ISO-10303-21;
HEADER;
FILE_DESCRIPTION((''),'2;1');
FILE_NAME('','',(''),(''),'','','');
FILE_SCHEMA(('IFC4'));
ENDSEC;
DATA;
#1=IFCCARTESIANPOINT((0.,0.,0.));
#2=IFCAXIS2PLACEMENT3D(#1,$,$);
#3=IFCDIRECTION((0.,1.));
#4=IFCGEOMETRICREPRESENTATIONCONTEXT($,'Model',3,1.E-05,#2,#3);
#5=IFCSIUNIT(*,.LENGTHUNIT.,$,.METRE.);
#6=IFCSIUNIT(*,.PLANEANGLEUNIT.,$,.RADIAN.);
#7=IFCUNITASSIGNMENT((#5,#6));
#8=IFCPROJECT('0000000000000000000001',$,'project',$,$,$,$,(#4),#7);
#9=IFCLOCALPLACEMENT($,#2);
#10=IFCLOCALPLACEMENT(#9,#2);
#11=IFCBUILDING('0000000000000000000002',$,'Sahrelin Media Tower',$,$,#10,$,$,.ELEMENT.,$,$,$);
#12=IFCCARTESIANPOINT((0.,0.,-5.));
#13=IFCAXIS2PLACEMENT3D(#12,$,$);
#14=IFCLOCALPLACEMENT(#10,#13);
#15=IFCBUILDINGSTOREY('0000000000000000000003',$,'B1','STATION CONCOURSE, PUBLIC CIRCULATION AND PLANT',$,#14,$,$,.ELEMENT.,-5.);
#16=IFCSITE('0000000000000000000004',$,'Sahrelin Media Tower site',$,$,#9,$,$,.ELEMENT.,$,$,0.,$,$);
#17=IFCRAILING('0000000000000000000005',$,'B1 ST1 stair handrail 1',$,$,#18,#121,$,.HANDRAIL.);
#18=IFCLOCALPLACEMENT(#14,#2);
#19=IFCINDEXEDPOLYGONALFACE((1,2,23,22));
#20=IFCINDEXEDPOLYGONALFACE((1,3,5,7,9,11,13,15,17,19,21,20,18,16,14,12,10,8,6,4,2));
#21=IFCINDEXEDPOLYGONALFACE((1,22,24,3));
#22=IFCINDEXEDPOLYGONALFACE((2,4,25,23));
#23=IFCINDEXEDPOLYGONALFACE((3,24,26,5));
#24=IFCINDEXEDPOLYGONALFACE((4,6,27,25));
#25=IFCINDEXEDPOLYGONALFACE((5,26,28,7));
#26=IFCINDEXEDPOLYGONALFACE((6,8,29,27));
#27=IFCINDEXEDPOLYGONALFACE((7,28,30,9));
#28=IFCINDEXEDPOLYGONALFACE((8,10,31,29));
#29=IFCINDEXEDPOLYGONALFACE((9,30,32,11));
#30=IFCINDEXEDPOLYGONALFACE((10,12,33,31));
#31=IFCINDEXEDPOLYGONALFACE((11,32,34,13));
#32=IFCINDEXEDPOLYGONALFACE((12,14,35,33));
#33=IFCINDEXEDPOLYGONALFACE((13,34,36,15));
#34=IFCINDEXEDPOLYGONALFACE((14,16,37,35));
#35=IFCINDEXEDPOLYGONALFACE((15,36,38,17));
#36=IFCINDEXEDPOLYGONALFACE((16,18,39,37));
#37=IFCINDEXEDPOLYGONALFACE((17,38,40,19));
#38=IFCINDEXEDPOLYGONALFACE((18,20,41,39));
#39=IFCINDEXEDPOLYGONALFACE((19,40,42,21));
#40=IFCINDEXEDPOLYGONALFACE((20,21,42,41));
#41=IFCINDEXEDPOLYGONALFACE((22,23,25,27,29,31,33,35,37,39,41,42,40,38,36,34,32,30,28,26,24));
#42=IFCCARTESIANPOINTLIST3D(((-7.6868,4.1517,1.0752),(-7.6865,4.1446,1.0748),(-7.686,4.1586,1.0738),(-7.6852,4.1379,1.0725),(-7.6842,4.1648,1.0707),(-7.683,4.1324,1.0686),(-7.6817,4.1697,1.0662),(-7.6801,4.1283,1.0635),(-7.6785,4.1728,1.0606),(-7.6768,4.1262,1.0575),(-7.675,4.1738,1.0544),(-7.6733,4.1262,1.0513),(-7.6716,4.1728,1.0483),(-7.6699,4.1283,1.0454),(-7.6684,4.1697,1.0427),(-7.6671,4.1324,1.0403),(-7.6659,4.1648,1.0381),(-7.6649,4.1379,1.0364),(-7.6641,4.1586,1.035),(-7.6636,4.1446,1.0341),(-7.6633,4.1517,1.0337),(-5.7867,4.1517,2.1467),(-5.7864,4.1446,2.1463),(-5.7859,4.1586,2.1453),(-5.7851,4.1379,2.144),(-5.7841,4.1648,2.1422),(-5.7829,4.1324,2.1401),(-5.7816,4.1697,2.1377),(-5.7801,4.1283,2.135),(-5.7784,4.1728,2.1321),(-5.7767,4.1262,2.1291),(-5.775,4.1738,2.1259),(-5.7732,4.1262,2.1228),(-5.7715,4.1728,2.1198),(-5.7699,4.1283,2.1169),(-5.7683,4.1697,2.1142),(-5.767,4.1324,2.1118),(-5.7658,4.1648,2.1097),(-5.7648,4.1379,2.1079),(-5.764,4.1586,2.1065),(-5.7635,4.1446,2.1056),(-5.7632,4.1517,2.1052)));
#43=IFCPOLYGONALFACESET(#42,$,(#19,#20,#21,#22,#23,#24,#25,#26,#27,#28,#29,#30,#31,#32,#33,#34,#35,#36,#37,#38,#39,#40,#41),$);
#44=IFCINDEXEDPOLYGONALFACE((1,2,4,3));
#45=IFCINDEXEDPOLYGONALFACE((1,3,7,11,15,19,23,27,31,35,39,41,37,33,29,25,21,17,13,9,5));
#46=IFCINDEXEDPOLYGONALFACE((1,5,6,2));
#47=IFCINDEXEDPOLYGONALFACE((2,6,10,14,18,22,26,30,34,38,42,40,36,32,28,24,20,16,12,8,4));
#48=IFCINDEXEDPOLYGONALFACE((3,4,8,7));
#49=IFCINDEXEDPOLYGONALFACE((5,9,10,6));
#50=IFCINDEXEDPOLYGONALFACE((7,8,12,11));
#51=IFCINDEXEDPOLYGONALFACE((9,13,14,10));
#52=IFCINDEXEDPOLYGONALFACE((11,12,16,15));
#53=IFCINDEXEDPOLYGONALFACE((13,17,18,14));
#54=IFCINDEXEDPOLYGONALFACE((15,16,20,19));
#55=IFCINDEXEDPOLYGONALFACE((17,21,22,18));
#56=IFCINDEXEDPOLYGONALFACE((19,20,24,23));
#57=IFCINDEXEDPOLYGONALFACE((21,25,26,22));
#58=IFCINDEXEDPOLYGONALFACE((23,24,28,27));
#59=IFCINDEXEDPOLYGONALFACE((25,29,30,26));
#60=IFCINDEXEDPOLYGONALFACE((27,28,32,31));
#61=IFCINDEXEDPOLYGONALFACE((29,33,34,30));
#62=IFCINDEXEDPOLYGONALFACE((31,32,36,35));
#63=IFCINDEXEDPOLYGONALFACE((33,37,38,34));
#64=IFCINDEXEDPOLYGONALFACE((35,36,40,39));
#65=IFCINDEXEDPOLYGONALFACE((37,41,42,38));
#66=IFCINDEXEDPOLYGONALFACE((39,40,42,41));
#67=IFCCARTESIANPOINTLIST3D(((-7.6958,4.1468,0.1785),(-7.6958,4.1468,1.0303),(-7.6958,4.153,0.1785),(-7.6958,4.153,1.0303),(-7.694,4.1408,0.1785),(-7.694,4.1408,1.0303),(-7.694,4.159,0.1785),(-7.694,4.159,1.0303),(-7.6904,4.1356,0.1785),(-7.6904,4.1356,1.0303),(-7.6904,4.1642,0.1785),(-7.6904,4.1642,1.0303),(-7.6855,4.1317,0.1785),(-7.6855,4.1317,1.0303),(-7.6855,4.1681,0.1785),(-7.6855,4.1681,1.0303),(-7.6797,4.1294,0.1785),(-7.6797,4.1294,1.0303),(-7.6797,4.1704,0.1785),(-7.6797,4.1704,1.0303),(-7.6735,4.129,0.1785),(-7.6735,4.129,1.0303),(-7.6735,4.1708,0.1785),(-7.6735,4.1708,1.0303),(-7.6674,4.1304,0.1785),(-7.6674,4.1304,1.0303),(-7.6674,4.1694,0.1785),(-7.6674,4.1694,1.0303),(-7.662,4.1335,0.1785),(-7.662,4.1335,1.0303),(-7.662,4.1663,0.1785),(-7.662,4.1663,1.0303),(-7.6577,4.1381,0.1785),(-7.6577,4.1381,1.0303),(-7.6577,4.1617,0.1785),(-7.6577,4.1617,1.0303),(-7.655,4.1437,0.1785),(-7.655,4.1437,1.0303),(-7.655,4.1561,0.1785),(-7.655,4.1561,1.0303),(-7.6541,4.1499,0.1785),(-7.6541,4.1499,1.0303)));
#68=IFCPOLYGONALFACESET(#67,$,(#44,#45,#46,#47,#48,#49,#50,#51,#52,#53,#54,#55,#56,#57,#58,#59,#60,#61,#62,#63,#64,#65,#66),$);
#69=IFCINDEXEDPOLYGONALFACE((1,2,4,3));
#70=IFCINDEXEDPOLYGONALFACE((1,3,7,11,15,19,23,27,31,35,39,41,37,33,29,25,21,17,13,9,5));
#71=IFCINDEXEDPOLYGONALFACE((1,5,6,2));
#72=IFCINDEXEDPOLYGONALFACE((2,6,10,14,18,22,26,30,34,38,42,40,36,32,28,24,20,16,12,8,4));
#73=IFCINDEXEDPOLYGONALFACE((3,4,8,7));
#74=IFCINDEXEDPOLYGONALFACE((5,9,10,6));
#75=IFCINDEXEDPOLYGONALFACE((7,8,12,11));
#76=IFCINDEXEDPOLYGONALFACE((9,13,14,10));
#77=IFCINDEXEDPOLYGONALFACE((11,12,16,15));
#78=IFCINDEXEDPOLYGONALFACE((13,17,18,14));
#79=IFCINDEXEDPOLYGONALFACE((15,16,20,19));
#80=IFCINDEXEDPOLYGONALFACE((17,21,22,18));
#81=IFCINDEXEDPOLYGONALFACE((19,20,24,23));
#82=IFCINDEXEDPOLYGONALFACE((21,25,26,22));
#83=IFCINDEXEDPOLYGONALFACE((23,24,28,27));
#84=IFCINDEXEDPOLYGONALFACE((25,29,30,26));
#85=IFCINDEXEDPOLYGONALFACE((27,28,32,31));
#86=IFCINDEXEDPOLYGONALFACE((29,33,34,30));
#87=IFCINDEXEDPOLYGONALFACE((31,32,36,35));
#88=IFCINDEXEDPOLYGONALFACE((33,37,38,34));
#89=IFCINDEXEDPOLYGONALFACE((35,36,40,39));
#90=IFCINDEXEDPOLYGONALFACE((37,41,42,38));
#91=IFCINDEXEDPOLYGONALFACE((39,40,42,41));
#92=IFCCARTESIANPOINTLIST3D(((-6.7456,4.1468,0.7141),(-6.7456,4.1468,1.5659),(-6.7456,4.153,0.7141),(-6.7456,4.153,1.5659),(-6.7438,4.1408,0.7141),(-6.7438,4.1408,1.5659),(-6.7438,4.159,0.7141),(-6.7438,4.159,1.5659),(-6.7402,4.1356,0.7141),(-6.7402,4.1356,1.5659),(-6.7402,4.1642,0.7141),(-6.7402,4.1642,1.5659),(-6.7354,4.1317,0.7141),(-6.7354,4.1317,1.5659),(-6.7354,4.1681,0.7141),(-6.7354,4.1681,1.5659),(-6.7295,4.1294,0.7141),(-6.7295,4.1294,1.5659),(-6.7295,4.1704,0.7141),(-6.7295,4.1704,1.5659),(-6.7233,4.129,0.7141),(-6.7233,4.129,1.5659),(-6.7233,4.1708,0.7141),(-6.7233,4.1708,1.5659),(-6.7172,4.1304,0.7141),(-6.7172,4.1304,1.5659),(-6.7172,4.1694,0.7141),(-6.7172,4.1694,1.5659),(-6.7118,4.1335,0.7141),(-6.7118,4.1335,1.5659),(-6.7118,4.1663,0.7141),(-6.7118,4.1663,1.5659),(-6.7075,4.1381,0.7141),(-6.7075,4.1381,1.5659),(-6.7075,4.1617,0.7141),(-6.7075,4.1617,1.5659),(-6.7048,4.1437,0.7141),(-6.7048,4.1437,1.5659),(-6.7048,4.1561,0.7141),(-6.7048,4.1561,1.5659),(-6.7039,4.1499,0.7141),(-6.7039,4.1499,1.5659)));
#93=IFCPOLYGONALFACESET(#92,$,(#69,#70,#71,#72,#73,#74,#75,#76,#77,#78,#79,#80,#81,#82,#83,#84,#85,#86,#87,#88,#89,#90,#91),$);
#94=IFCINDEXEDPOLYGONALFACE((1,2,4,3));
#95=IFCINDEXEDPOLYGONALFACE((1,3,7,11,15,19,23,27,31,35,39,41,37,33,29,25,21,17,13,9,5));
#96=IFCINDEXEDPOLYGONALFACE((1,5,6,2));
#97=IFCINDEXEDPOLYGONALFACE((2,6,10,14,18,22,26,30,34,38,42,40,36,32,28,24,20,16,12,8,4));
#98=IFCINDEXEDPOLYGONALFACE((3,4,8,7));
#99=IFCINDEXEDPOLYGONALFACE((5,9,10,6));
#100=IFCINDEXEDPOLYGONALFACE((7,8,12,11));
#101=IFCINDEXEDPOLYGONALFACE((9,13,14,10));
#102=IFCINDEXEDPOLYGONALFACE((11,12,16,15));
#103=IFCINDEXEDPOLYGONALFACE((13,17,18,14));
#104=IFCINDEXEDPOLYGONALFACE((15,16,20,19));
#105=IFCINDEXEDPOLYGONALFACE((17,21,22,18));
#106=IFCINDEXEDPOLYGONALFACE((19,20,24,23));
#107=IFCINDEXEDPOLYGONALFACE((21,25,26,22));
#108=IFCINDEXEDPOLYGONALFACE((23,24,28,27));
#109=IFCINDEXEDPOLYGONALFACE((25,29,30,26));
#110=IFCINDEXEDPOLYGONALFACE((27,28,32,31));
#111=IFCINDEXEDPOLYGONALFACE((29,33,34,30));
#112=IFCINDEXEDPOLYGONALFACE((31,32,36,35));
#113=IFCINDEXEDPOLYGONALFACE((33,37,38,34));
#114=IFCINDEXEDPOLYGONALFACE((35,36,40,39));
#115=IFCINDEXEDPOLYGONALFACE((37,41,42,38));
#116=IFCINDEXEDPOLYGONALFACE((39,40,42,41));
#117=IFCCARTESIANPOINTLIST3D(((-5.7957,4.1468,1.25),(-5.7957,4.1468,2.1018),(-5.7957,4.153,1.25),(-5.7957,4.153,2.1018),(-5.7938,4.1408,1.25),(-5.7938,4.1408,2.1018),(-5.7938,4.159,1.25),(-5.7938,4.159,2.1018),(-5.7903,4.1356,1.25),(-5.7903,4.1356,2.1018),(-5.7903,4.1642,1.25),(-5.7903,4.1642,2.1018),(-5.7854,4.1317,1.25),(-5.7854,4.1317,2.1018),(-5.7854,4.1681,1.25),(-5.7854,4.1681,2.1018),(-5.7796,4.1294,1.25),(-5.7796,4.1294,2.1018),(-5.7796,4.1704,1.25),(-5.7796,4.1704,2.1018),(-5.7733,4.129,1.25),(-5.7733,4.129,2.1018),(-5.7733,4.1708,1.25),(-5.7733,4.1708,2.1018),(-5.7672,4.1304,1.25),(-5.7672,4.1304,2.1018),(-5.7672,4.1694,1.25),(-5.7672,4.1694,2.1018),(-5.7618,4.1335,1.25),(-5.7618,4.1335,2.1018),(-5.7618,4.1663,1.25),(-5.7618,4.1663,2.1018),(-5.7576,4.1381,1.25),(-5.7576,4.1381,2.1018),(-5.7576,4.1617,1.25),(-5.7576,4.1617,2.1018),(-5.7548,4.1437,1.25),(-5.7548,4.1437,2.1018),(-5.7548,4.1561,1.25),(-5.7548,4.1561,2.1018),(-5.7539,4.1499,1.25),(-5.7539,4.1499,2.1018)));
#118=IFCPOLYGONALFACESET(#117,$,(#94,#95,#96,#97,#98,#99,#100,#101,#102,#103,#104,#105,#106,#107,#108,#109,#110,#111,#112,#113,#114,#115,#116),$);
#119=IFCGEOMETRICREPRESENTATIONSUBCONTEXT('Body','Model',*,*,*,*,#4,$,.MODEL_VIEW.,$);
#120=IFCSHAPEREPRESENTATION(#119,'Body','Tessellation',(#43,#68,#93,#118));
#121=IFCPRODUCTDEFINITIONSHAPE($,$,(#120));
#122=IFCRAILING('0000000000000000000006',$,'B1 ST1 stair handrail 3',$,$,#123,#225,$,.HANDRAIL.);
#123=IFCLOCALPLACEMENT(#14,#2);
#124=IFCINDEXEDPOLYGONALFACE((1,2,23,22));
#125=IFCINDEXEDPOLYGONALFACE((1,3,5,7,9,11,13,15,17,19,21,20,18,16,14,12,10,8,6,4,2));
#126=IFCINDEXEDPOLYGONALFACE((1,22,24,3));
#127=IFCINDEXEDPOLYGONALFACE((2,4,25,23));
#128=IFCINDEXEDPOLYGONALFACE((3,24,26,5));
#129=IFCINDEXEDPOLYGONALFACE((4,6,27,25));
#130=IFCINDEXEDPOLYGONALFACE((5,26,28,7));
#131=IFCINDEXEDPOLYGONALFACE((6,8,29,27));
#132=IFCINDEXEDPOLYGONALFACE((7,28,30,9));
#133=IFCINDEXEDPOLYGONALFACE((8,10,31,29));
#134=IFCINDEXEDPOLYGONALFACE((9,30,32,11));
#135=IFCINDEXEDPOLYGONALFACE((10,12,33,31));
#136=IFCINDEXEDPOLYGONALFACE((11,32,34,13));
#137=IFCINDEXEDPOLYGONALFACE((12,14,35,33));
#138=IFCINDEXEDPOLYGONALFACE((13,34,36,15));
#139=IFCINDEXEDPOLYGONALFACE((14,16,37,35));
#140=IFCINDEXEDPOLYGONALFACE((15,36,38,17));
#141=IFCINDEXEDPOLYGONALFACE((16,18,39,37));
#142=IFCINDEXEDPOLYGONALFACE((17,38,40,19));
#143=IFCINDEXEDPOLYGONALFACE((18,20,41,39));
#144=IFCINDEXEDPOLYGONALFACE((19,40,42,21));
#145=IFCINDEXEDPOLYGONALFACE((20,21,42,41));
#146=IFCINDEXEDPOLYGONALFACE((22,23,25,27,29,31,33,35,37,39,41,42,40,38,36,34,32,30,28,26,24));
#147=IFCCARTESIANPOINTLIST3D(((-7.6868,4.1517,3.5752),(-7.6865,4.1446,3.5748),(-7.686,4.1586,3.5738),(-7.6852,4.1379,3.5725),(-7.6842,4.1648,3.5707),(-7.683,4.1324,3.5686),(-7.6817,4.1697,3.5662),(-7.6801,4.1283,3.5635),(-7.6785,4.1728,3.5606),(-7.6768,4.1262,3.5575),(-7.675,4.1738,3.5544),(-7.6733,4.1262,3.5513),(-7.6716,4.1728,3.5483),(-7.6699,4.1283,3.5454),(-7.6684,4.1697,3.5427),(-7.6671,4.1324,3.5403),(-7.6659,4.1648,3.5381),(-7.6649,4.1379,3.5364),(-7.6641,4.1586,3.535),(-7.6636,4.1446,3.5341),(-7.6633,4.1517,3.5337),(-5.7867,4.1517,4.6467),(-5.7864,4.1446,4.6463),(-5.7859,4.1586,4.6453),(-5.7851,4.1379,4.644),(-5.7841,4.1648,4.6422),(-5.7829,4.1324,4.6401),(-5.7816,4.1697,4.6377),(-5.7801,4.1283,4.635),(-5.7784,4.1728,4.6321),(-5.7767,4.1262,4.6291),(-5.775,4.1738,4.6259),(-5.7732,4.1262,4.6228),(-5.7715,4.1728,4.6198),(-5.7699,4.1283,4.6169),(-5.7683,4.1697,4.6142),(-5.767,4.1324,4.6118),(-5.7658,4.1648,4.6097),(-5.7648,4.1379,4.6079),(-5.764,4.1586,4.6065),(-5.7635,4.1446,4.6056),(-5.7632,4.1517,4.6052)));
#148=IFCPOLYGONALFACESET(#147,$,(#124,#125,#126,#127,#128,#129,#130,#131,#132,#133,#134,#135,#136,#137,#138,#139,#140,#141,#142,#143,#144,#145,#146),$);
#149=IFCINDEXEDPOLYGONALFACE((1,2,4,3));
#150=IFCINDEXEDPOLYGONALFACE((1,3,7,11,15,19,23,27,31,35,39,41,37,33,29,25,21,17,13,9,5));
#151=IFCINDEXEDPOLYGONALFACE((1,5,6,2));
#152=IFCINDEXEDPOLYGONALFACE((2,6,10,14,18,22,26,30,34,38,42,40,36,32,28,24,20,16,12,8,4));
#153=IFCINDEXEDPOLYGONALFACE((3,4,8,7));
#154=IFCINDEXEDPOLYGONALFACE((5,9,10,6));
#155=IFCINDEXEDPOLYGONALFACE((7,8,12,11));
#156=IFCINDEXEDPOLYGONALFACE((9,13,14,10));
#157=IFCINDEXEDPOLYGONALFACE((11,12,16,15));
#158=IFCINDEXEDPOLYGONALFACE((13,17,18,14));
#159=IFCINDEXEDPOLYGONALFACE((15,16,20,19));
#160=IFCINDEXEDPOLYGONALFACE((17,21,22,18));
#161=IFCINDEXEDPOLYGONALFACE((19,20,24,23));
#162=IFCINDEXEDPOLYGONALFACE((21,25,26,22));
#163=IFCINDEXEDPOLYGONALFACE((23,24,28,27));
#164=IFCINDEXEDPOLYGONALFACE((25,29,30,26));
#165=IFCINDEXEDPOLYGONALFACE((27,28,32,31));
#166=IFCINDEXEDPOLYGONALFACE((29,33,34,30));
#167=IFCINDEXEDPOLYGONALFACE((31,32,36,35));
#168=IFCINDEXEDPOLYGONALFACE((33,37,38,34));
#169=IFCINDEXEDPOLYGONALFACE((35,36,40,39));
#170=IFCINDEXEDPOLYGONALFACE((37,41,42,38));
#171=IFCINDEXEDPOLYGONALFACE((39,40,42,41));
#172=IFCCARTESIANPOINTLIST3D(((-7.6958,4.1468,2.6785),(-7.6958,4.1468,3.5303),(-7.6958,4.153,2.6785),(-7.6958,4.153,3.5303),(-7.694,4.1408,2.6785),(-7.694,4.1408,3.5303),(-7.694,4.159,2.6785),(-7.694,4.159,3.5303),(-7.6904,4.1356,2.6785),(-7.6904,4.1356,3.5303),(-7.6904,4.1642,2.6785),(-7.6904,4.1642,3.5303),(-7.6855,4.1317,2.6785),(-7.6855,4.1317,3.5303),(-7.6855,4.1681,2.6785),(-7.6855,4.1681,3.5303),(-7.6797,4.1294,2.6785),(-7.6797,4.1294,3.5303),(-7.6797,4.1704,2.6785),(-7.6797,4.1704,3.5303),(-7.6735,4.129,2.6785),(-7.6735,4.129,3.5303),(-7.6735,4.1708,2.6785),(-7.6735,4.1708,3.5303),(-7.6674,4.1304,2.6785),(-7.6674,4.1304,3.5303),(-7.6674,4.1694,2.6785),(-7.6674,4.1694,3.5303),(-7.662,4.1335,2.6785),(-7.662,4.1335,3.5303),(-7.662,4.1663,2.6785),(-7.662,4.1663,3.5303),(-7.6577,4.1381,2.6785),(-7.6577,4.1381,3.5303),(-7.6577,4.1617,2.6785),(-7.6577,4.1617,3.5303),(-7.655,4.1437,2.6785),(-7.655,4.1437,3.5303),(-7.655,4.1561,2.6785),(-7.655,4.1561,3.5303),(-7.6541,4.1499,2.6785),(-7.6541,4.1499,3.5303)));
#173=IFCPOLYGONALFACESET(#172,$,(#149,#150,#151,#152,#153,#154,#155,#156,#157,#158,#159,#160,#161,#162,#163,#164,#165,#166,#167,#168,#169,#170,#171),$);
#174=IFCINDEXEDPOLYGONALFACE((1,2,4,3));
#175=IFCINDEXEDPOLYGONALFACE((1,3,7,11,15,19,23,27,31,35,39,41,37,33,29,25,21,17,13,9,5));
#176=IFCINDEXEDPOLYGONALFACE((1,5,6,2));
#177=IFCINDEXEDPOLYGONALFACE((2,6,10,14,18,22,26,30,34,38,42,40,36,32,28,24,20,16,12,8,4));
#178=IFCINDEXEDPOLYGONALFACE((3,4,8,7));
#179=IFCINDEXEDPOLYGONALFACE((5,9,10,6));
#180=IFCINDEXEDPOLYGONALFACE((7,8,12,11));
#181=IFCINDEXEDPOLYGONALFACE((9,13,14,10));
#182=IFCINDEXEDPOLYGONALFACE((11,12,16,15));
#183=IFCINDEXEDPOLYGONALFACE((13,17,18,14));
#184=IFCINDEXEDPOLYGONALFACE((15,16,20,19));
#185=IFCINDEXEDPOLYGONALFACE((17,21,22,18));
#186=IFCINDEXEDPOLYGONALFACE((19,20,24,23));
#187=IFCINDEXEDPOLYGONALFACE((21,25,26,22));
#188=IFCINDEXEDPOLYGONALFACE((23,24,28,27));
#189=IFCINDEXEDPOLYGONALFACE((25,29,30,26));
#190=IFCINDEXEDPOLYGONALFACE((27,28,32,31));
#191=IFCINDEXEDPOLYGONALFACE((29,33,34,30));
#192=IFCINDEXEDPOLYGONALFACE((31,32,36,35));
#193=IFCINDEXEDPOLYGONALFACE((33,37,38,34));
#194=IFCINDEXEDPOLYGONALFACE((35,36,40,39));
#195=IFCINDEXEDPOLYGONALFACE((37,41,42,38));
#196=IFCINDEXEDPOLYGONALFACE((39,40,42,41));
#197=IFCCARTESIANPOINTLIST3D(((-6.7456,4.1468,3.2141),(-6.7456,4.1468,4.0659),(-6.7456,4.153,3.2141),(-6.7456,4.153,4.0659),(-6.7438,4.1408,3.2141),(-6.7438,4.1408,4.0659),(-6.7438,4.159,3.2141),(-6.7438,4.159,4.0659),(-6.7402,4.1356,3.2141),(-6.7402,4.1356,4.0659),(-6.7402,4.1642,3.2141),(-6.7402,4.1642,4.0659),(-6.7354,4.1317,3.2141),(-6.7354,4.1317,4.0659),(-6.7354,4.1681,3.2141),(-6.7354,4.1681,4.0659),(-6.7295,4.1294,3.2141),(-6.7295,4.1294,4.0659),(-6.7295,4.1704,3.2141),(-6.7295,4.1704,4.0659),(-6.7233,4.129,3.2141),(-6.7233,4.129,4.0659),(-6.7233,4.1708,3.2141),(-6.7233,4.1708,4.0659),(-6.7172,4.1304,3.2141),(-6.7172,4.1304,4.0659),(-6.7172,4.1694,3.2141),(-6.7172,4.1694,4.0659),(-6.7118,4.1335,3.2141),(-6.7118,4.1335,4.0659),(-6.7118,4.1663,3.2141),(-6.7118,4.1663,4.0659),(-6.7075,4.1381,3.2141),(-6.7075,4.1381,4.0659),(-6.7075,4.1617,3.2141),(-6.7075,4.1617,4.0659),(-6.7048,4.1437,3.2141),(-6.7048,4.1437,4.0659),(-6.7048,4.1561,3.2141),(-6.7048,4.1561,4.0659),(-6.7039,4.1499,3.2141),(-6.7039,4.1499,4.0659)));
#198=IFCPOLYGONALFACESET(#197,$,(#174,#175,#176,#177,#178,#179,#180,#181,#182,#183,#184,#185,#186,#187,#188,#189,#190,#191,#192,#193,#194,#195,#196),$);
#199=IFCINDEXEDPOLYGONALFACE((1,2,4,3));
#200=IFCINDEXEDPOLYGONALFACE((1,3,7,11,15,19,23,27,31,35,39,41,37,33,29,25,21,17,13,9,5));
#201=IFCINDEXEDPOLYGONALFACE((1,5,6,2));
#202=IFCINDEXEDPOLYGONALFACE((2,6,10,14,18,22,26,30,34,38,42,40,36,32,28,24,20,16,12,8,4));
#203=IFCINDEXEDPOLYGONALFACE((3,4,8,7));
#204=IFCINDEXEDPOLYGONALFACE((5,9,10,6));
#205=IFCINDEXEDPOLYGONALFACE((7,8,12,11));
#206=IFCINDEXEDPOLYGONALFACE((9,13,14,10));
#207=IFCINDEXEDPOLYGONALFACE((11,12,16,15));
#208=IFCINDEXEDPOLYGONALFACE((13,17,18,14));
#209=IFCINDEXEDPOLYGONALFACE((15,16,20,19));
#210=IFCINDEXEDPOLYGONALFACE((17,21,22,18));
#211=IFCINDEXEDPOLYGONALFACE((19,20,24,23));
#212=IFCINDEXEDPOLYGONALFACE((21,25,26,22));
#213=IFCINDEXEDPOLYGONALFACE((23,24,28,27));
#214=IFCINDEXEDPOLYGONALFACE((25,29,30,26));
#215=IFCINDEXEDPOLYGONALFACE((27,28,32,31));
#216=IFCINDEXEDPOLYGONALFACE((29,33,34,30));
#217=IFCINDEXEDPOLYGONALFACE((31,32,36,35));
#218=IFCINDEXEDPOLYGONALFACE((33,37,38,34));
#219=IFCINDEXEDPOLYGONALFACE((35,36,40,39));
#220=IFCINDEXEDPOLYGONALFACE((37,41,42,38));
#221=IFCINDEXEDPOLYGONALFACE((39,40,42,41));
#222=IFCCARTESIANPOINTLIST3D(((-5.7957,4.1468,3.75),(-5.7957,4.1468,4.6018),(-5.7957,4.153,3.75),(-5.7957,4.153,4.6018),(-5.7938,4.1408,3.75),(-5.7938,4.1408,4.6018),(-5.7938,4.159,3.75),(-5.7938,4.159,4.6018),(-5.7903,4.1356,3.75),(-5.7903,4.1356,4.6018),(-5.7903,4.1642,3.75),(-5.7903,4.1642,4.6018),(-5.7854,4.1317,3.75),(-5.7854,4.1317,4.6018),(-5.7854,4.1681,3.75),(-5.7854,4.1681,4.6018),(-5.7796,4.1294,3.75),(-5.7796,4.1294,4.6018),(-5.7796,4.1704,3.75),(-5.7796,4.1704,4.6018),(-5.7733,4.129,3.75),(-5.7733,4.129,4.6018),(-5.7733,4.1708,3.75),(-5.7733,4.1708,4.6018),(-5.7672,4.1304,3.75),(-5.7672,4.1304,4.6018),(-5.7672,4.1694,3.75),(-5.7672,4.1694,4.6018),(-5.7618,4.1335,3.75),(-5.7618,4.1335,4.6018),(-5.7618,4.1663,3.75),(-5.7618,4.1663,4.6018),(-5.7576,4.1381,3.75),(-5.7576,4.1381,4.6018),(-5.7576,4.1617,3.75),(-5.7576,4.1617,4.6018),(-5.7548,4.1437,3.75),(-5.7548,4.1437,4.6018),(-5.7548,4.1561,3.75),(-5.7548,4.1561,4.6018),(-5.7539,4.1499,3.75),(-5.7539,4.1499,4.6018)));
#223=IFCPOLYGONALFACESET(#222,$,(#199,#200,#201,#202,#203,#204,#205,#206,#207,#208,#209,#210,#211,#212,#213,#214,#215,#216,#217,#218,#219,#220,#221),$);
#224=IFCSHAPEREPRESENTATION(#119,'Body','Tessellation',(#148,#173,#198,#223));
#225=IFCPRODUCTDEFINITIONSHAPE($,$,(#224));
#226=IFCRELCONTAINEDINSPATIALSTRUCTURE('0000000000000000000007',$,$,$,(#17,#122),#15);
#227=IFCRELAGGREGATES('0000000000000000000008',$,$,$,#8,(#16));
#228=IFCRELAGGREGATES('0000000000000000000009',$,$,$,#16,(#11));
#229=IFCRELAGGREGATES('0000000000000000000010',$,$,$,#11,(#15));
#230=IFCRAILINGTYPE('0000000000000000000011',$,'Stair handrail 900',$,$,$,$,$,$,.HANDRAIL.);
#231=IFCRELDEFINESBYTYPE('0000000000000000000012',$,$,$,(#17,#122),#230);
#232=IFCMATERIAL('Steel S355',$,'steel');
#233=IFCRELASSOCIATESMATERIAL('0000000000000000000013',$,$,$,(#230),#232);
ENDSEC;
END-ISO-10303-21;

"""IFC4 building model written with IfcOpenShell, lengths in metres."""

from ifc_helpers import new_model, si_unit, direction, frame, origin, origin_2d, place, context, subcontext, project, spatial, circle, extrude, material, type_object, element, save


model = new_model("IFC4")

# Units and contexts
model_context = context("Model", 3, precision=1e-05, world=origin(), true_north=direction((0.0, 1.0)))
body_context = subcontext(model_context, "Body", "Model", "MODEL_VIEW")
ifc_project = project(units=[si_unit("LENGTHUNIT", "METRE"), si_unit("PLANEANGLEUNIT", "RADIAN")], contexts=[model_context])

# Site, building, storey
site_placement = place(None, origin())
site = spatial("IfcSite", under=ifc_project, at=site_placement, Name="Sahrelin Media Tower site", CompositionType="ELEMENT", RefElevation=0.0)
building_placement = place(site_placement, origin())
building = spatial("IfcBuilding", under=site, at=building_placement, Name="Sahrelin Media Tower", CompositionType="ELEMENT")
storey_placement = place(building_placement, frame((0.0, 0.0, -5.0)))
storey = spatial("IfcBuildingStorey", under=building, at=storey_placement, Name="B1", Description="STATION CONCOURSE, PUBLIC CIRCULATION AND PLANT", CompositionType="ELEMENT", Elevation=-5.0)

# Railings
ifc_material_1 = material(Name="Steel S355", Category="steel")
railing_type_1 = type_object("IfcRailingType", Name="Stair handrail 900", PredefinedType="HANDRAIL", material=ifc_material_1)
for number, where, name in (
    (1, (-7.675, 4.1499, 0.1785), "B1 ST1 stair handrail 1"),
    (2, (-7.675, 4.1499, 2.6785), "B1 ST1 stair handrail 3"),
):
    element("IfcRailing", number, at=place(storey_placement, frame(where)), inside=storey, type_object=railing_type_1, Name=name, PredefinedType="HANDRAIL", context=body_context, shape_type="SweptSolid", body=[
        extrude(circle(Radius=0.0239, at=origin_2d()), frame((0.0, 0.0, 0.876), z_axis=(0.871046, 0.0, 0.491201), x_axis=(0.0, 1.0, 0.0)), (0.0, 0.0, 1.0), 2.1814),
        extrude(circle(Radius=0.021, at=origin_2d()), origin(), (0.0, 0.0, 1.0), 0.8518),
        extrude(circle(Radius=0.021, at=origin_2d()), frame((0.9502, 0.0, 0.5356)), (0.0, 0.0, 1.0), 0.8518),
        extrude(circle(Radius=0.021, at=origin_2d()), frame((1.9001, 0.0, 1.0715)), (0.0, 0.0, 1.0), 0.8518),
    ])

save(model, "model.ifc")
